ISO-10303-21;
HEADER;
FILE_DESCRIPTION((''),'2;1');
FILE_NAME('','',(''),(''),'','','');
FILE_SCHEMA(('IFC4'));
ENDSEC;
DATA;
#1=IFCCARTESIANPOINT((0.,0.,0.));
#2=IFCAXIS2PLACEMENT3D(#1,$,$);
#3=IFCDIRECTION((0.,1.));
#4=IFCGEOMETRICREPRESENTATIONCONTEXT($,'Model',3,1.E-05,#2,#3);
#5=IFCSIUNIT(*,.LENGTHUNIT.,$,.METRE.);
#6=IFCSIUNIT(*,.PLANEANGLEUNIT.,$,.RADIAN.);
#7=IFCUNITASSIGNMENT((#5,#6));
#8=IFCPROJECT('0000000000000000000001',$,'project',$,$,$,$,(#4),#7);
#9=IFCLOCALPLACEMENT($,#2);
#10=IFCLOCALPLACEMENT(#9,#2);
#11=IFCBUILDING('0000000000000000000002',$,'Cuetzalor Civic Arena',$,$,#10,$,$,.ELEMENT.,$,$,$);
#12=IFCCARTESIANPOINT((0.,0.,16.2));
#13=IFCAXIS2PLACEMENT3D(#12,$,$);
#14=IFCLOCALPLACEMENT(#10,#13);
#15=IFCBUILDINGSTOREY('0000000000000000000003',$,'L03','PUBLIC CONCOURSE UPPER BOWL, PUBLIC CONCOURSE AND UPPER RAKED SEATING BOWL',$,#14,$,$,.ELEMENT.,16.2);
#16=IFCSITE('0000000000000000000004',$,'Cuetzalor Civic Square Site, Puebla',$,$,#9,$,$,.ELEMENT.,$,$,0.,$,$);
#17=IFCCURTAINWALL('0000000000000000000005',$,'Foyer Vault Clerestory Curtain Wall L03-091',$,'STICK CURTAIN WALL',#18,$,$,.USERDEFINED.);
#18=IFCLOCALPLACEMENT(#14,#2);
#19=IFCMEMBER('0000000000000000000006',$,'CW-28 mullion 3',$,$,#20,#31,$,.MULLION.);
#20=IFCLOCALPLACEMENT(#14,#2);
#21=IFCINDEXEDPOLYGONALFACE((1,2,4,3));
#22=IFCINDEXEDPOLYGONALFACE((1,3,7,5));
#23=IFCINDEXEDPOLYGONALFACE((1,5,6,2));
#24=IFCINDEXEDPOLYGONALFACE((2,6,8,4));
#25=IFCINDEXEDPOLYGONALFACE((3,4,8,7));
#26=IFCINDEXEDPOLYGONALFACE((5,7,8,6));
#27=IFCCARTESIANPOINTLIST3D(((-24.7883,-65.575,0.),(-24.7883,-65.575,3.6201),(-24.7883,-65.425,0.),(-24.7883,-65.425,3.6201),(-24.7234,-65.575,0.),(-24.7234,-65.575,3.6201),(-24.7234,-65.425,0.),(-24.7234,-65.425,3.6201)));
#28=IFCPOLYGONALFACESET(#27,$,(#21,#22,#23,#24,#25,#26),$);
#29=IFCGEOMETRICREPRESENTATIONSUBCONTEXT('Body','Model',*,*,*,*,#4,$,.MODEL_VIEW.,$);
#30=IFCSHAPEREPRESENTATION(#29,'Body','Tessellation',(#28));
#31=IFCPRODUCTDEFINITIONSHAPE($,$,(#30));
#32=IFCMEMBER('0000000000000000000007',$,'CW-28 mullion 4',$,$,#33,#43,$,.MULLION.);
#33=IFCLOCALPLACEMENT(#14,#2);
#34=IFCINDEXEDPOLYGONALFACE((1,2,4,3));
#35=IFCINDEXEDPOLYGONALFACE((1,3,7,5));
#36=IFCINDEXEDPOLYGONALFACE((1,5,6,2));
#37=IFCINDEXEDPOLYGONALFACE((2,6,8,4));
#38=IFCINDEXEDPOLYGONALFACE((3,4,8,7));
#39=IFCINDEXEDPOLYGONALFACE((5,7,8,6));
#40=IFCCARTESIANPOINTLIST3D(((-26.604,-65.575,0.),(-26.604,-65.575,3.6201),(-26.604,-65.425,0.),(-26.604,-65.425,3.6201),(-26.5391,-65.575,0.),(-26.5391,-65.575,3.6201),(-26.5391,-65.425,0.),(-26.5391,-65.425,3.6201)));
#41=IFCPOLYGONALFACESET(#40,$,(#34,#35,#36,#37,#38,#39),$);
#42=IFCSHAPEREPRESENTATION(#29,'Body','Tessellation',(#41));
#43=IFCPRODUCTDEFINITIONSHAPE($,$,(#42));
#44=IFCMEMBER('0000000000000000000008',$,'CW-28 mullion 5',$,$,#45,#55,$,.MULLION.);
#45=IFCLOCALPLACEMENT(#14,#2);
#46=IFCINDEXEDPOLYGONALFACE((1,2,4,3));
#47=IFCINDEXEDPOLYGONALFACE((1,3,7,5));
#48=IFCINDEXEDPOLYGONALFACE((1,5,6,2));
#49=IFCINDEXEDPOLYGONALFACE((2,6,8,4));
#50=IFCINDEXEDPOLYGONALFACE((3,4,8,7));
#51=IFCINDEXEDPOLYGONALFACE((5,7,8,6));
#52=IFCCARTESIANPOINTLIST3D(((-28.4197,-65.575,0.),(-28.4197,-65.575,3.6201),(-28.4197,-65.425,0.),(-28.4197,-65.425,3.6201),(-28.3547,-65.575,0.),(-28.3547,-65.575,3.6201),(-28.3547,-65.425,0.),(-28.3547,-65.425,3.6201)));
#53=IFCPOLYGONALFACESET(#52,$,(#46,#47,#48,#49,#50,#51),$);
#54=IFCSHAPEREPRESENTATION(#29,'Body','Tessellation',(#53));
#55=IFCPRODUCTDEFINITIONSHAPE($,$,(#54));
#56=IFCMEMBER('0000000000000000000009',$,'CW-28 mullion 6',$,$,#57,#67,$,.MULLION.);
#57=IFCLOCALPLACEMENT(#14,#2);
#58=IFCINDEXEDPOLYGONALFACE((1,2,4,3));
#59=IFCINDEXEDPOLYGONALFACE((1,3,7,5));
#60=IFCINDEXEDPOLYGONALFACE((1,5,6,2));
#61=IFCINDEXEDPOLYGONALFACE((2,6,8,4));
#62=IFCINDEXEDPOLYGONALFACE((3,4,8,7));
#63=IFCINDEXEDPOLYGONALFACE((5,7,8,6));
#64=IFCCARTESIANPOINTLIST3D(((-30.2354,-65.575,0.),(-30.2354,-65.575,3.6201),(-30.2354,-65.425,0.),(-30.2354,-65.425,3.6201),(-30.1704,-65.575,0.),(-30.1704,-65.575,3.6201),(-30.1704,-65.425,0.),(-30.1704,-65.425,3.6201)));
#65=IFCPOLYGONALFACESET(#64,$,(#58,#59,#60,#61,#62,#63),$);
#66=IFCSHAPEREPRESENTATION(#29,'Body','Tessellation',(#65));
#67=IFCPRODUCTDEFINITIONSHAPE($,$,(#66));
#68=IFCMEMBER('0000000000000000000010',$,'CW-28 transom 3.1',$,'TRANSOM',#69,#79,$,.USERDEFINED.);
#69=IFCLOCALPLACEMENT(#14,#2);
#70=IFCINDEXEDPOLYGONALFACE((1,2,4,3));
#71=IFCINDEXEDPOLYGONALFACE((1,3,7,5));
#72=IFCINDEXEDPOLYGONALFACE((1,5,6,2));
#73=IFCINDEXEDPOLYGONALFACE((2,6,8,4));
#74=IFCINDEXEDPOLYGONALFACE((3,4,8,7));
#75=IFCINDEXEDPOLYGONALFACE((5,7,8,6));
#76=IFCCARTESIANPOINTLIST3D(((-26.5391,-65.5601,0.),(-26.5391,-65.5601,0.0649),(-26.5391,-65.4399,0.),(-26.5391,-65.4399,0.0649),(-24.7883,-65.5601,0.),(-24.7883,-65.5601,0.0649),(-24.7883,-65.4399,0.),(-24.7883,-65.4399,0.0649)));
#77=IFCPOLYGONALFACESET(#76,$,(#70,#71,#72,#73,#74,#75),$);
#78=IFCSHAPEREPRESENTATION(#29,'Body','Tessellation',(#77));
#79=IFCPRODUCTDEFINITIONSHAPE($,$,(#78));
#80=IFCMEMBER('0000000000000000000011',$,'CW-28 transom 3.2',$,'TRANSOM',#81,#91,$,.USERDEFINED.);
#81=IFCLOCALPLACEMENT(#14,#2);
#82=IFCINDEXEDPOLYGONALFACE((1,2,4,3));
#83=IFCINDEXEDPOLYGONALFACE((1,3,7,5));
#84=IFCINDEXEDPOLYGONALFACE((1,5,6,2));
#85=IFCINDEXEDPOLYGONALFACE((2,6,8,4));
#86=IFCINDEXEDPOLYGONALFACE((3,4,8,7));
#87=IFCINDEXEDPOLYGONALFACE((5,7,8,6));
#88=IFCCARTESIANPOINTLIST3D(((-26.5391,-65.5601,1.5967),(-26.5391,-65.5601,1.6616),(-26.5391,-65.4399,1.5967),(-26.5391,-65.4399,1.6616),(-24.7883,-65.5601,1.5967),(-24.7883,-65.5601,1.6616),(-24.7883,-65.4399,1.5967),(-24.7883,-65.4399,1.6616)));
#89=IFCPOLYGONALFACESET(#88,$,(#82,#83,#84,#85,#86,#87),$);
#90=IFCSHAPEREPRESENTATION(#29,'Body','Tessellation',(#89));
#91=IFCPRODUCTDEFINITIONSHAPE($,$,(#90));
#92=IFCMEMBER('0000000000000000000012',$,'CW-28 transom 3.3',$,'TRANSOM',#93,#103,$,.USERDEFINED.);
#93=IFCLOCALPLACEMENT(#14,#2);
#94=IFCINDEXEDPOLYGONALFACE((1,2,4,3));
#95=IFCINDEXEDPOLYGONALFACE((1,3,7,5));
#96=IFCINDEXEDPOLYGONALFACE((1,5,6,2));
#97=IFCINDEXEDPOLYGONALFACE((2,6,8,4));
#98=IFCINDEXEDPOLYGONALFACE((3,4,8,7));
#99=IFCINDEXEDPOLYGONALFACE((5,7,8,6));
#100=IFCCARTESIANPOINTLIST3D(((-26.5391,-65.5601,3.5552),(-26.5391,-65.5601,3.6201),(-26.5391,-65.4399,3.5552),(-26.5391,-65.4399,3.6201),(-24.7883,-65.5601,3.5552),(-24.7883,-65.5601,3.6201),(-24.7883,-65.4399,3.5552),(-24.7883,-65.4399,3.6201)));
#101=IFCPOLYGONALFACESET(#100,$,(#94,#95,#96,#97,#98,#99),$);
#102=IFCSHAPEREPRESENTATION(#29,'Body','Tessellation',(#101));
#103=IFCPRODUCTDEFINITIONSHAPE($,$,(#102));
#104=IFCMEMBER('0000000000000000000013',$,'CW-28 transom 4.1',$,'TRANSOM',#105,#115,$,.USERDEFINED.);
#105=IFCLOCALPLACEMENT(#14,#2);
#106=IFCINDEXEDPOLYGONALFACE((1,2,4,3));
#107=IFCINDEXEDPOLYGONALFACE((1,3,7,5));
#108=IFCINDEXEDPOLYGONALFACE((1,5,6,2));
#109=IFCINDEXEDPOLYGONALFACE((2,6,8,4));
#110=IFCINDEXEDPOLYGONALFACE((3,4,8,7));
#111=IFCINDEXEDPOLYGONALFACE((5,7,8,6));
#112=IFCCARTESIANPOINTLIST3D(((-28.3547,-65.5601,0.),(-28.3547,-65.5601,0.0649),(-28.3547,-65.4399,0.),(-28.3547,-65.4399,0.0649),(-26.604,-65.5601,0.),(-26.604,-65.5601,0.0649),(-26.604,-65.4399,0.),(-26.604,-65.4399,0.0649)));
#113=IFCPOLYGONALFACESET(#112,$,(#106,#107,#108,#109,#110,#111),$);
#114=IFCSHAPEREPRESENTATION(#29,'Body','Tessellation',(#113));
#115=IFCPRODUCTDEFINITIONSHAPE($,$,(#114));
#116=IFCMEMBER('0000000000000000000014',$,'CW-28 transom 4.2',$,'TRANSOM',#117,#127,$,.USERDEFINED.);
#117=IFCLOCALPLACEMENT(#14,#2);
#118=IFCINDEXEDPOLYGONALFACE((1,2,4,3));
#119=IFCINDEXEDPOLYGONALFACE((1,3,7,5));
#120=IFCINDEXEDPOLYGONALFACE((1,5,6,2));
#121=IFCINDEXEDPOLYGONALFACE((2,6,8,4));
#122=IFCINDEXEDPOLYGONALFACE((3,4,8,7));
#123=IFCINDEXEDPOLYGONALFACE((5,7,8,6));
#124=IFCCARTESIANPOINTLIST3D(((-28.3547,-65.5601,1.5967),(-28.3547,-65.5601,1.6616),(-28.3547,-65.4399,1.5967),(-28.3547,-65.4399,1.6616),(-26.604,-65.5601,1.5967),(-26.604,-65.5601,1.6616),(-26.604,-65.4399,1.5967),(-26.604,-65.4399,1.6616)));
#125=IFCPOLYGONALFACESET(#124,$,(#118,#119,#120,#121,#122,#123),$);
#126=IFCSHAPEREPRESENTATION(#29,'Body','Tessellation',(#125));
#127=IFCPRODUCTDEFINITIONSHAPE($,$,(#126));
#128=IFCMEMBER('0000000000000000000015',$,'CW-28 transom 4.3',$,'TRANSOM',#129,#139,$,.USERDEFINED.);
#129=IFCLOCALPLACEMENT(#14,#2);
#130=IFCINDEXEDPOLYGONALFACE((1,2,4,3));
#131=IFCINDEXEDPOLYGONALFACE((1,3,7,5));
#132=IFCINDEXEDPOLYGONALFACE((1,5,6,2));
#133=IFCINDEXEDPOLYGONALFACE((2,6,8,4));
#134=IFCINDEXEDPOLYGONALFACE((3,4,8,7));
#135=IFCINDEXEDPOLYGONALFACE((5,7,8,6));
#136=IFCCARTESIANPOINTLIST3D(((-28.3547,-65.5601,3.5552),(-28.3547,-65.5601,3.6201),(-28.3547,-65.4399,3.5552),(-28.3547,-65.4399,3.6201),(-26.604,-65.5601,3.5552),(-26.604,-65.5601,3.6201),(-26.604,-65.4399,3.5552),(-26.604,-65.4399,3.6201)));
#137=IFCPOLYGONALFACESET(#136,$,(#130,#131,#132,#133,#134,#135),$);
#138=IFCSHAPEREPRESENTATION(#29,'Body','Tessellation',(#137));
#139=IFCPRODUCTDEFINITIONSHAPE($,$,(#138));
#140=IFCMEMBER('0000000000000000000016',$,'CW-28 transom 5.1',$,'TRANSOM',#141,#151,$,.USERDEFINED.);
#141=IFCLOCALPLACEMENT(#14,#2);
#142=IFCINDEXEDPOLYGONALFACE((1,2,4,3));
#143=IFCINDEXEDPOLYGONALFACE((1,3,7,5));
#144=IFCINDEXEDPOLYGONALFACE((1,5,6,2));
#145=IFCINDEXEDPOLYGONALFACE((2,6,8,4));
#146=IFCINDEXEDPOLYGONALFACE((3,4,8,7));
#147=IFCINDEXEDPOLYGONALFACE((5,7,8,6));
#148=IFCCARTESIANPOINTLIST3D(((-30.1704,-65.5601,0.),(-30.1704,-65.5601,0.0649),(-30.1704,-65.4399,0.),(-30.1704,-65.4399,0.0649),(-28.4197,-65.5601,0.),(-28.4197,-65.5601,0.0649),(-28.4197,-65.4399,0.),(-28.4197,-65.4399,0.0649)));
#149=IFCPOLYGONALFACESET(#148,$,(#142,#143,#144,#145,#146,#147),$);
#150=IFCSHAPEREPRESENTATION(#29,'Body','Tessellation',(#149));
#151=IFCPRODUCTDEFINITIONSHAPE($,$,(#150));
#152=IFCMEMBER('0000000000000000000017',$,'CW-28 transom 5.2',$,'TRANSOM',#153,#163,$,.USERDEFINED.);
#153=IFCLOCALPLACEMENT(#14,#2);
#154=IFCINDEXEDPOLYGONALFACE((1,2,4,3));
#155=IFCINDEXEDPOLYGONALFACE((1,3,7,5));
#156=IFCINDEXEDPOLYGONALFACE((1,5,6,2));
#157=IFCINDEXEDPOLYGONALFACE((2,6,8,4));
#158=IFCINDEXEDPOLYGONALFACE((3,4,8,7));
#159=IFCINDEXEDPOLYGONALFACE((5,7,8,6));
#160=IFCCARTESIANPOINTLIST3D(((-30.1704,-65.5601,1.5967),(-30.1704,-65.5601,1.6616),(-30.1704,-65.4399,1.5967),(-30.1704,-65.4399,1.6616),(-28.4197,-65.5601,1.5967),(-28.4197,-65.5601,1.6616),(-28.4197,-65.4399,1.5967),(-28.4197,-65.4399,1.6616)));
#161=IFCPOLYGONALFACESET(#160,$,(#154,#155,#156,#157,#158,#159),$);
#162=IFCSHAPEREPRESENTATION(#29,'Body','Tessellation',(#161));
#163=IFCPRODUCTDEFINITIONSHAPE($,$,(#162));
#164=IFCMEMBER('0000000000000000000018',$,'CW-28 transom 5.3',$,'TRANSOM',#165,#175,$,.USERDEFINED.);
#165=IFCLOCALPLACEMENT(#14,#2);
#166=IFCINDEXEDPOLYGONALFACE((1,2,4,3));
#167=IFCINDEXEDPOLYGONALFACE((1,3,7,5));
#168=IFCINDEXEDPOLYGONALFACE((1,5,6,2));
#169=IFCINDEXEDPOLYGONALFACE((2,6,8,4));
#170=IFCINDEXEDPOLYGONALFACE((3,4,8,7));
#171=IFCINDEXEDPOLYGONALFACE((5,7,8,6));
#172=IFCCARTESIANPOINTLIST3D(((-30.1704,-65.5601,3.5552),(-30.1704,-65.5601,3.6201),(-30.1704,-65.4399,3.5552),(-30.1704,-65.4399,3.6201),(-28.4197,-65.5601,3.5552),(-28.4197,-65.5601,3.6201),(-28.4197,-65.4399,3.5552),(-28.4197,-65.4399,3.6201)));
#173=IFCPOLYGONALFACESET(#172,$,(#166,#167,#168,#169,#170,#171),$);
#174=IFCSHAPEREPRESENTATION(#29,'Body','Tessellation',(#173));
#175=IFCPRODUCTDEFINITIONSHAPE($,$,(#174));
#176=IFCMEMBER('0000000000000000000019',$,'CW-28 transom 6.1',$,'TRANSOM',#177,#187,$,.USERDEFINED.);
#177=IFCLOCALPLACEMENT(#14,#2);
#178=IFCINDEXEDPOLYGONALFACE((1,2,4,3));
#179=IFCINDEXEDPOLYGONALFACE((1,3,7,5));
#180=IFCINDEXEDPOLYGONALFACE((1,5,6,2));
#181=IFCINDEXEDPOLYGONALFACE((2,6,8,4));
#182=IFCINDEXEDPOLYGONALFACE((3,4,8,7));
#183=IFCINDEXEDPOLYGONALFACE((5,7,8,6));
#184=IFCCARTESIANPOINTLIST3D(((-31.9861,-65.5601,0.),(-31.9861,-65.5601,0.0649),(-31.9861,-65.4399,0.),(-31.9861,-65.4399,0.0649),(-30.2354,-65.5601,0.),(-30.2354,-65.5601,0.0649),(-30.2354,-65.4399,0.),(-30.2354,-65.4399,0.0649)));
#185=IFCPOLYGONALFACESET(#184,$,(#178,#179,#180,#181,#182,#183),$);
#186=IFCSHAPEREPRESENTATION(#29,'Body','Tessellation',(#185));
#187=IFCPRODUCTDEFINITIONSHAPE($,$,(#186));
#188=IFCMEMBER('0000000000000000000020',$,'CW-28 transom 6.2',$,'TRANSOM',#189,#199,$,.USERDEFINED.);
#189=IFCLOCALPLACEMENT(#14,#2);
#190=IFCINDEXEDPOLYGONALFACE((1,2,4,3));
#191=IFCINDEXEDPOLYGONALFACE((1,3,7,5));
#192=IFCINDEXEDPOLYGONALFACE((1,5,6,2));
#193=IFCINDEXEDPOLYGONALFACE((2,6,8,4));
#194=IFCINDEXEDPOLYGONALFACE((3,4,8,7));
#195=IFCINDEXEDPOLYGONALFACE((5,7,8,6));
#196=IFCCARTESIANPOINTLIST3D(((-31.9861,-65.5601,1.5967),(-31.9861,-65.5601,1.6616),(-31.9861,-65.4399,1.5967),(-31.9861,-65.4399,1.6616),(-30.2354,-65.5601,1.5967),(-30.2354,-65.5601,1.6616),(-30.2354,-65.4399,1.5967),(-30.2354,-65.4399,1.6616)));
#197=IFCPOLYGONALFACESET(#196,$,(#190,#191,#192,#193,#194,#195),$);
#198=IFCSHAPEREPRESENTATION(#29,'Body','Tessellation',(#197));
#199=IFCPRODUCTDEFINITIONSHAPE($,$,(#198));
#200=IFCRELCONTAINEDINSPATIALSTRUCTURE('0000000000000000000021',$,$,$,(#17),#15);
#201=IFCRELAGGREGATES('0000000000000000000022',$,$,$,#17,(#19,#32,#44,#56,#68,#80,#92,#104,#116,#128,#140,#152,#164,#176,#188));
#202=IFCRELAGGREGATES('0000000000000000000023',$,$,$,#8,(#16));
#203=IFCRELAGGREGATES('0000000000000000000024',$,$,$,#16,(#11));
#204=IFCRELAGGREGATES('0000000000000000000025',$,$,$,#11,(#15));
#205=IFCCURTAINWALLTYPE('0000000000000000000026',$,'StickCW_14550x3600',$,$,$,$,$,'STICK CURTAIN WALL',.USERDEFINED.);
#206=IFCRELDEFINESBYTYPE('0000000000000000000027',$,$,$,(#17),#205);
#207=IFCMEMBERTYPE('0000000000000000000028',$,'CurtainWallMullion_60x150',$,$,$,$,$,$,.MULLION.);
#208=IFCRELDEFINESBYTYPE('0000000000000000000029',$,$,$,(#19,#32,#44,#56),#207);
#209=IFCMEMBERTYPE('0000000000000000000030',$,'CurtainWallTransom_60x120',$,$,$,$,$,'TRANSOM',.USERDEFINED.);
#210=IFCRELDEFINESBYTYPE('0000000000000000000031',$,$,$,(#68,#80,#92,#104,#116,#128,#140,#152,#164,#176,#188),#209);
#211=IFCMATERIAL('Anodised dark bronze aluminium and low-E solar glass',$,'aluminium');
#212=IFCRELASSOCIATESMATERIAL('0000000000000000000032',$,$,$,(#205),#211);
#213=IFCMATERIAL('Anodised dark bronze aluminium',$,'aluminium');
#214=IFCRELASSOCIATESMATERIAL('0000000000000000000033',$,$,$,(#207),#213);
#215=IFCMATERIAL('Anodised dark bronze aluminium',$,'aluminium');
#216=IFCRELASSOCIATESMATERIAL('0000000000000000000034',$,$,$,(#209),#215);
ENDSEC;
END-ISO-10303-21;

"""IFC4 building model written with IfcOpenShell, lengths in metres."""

from ifc_helpers import new_model, si_unit, direction, frame, origin, origin_2d, place, context, subcontext, project, spatial, rectangle, extrude, material, material_profile, profile_set, type_object, element, aggregate, save


model = new_model("IFC4")

# Units and contexts
model_context = context("Model", 3, precision=1e-05, world=origin(), true_north=direction((0.0, 1.0)))
body_context = subcontext(model_context, "Body", "Model", "MODEL_VIEW")
ifc_project = project(units=[si_unit("LENGTHUNIT", "METRE"), si_unit("PLANEANGLEUNIT", "RADIAN")], contexts=[model_context])

# Site, building, storey
site_placement = place(None, origin())
site = spatial("IfcSite", under=ifc_project, at=site_placement, Name="Cuetzalor Civic Square Site, Puebla", CompositionType="ELEMENT", RefElevation=0.0)
building_placement = place(site_placement, origin())
building = spatial("IfcBuilding", under=site, at=building_placement, Name="Cuetzalor Civic Arena", CompositionType="ELEMENT")
storey_placement = place(building_placement, frame((0.0, 0.0, 16.2)))
storey = spatial("IfcBuildingStorey", under=building, at=storey_placement, Name="L03", Description="PUBLIC CONCOURSE UPPER BOWL, PUBLIC CONCOURSE AND UPPER RAKED SEATING BOWL", CompositionType="ELEMENT", Elevation=16.2)

# Curtain wall, members
ifc_material_1 = material(Name="Anodised dark bronze aluminium and low-E solar glass", Category="aluminium")
curtain_wall_type = type_object("IfcCurtainWallType", Name="StickCW_14550x3600", ElementType="STICK CURTAIN WALL", PredefinedType="USERDEFINED", material=ifc_material_1)
curtain_wall_placement = place(storey_placement, origin())
curtain_wall = element("IfcCurtainWall", 1, at=curtain_wall_placement, inside=storey, type_object=curtain_wall_type, Name="Foyer Vault Clerestory Curtain Wall L03-091", ObjectType="STICK CURTAIN WALL", PredefinedType="USERDEFINED")
ifc_material_2 = material(Name="Anodised dark bronze aluminium", Category="aluminium")
ifc_material_profile_1 = material_profile(ifc_material_2, rectangle(XDim=0.0649, YDim=0.1499, at=origin_2d()), Name="ALU MULLION 65x150")
ifc_profile_set_1 = profile_set([ifc_material_profile_1], Name="Anodised dark bronze aluminium")
member_type_1 = type_object("IfcMemberType", Name="CurtainWallMullion_60x150", PredefinedType="MULLION", material=ifc_profile_set_1)
member_1_placement = place(storey_placement, frame((-24.7559, -65.5, 0.0), z_axis=(0.0, 0.0, 1.0), x_axis=(-1.0, 0.0, 0.0)))
member_1 = element("IfcMember", 2, at=member_1_placement, type_object=member_type_1, Name="CW-28 mullion 3", PredefinedType="MULLION", context=body_context, shape_type="SweptSolid", body=[
    extrude(rectangle(XDim=0.0649, YDim=0.1499, at=origin_2d()), origin(), (0.0, 0.0, 1.0), 3.6201),
])
member_2_placement = place(storey_placement, frame((-26.5715, -65.5, 0.0), z_axis=(0.0, 0.0, 1.0), x_axis=(-1.0, 0.0, 0.0)))
member_2 = element("IfcMember", 3, at=member_2_placement, type_object=member_type_1, Name="CW-28 mullion 4", PredefinedType="MULLION", context=body_context, shape_type="SweptSolid", body=[
    extrude(rectangle(XDim=0.0649, YDim=0.1499, at=origin_2d()), origin(), (0.0, 0.0, 1.0), 3.6201),
])
member_3_placement = place(storey_placement, frame((-28.3872, -65.5, 0.0), z_axis=(0.0, 0.0, 1.0), x_axis=(-1.0, 0.0, 0.0)))
member_3 = element("IfcMember", 4, at=member_3_placement, type_object=member_type_1, Name="CW-28 mullion 5", PredefinedType="MULLION", context=body_context, shape_type="SweptSolid", body=[
    extrude(rectangle(XDim=0.0649, YDim=0.1499, at=origin_2d()), origin(), (0.0, 0.0, 1.0), 3.6201),
])
member_4_placement = place(storey_placement, frame((-30.2029, -65.5, 0.0), z_axis=(0.0, 0.0, 1.0), x_axis=(-1.0, 0.0, 0.0)))
member_4 = element("IfcMember", 5, at=member_4_placement, type_object=member_type_1, Name="CW-28 mullion 6", PredefinedType="MULLION", context=body_context, shape_type="SweptSolid", body=[
    extrude(rectangle(XDim=0.0649, YDim=0.1499, at=origin_2d()), origin(), (0.0, 0.0, 1.0), 3.6201),
])
ifc_material_3 = material(Name="Anodised dark bronze aluminium", Category="aluminium")
ifc_material_profile_2 = material_profile(ifc_material_3, rectangle(XDim=0.1201, YDim=0.0649, at=origin_2d()), Name="ALU TRANSOM 65x120")
ifc_profile_set_2 = profile_set([ifc_material_profile_2], Name="Anodised dark bronze aluminium")
member_type_2 = type_object("IfcMemberType", Name="CurtainWallTransom_60x120", ElementType="TRANSOM", PredefinedType="USERDEFINED", material=ifc_profile_set_2)
member_5_placement = place(storey_placement, frame((-24.7883, -65.5, 0.0325), z_axis=(-1.0, 0.0, 0.0), x_axis=(0.0, -1.0, 0.0)))
member_5 = element("IfcMember", 6, at=member_5_placement, type_object=member_type_2, Name="CW-28 transom 3.1", ObjectType="TRANSOM", PredefinedType="USERDEFINED", context=body_context, shape_type="SweptSolid", body=[
    extrude(rectangle(XDim=0.1201, YDim=0.0649, at=origin_2d()), origin(), (0.0, 0.0, 1.0), 1.7507),
])
member_6_placement = place(storey_placement, frame((-24.7883, -65.5, 1.6292), z_axis=(-1.0, 0.0, 0.0), x_axis=(0.0, -1.0, 0.0)))
member_6 = element("IfcMember", 7, at=member_6_placement, type_object=member_type_2, Name="CW-28 transom 3.2", ObjectType="TRANSOM", PredefinedType="USERDEFINED", context=body_context, shape_type="SweptSolid", body=[
    extrude(rectangle(XDim=0.1201, YDim=0.0649, at=origin_2d()), origin(), (0.0, 0.0, 1.0), 1.7507),
])
member_7_placement = place(storey_placement, frame((-24.7883, -65.5, 3.5876), z_axis=(-1.0, 0.0, 0.0), x_axis=(0.0, -1.0, 0.0)))
member_7 = element("IfcMember", 8, at=member_7_placement, type_object=member_type_2, Name="CW-28 transom 3.3", ObjectType="TRANSOM", PredefinedType="USERDEFINED", context=body_context, shape_type="SweptSolid", body=[
    extrude(rectangle(XDim=0.1201, YDim=0.0649, at=origin_2d()), origin(), (0.0, 0.0, 1.0), 1.7507),
])
member_8_placement = place(storey_placement, frame((-26.604, -65.5, 0.0325), z_axis=(-1.0, 0.0, 0.0), x_axis=(0.0, -1.0, 0.0)))
member_8 = element("IfcMember", 9, at=member_8_placement, type_object=member_type_2, Name="CW-28 transom 4.1", ObjectType="TRANSOM", PredefinedType="USERDEFINED", context=body_context, shape_type="SweptSolid", body=[
    extrude(rectangle(XDim=0.1201, YDim=0.0649, at=origin_2d()), origin(), (0.0, 0.0, 1.0), 1.7507),
])
member_9_placement = place(storey_placement, frame((-26.604, -65.5, 1.6292), z_axis=(-1.0, 0.0, 0.0), x_axis=(0.0, -1.0, 0.0)))
member_9 = element("IfcMember", 10, at=member_9_placement, type_object=member_type_2, Name="CW-28 transom 4.2", ObjectType="TRANSOM", PredefinedType="USERDEFINED", context=body_context, shape_type="SweptSolid", body=[
    extrude(rectangle(XDim=0.1201, YDim=0.0649, at=origin_2d()), origin(), (0.0, 0.0, 1.0), 1.7507),
])
member_10_placement = place(storey_placement, frame((-26.604, -65.5, 3.5876), z_axis=(-1.0, 0.0, 0.0), x_axis=(0.0, -1.0, 0.0)))
member_10 = element("IfcMember", 11, at=member_10_placement, type_object=member_type_2, Name="CW-28 transom 4.3", ObjectType="TRANSOM", PredefinedType="USERDEFINED", context=body_context, shape_type="SweptSolid", body=[
    extrude(rectangle(XDim=0.1201, YDim=0.0649, at=origin_2d()), origin(), (0.0, 0.0, 1.0), 1.7507),
])
member_11_placement = place(storey_placement, frame((-28.4197, -65.5, 0.0325), z_axis=(-1.0, 0.0, 0.0), x_axis=(0.0, -1.0, 0.0)))
member_11 = element("IfcMember", 12, at=member_11_placement, type_object=member_type_2, Name="CW-28 transom 5.1", ObjectType="TRANSOM", PredefinedType="USERDEFINED", context=body_context, shape_type="SweptSolid", body=[
    extrude(rectangle(XDim=0.1201, YDim=0.0649, at=origin_2d()), origin(), (0.0, 0.0, 1.0), 1.7507),
])
member_12_placement = place(storey_placement, frame((-28.4197, -65.5, 1.6292), z_axis=(-1.0, 0.0, 0.0), x_axis=(0.0, -1.0, 0.0)))
member_12 = element("IfcMember", 13, at=member_12_placement, type_object=member_type_2, Name="CW-28 transom 5.2", ObjectType="TRANSOM", PredefinedType="USERDEFINED", context=body_context, shape_type="SweptSolid", body=[
    extrude(rectangle(XDim=0.1201, YDim=0.0649, at=origin_2d()), origin(), (0.0, 0.0, 1.0), 1.7507),
])
member_13_placement = place(storey_placement, frame((-28.4197, -65.5, 3.5876), z_axis=(-1.0, 0.0, 0.0), x_axis=(0.0, -1.0, 0.0)))
member_13 = element("IfcMember", 14, at=member_13_placement, type_object=member_type_2, Name="CW-28 transom 5.3", ObjectType="TRANSOM", PredefinedType="USERDEFINED", context=body_context, shape_type="SweptSolid", body=[
    extrude(rectangle(XDim=0.1201, YDim=0.0649, at=origin_2d()), origin(), (0.0, 0.0, 1.0), 1.7507),
])
member_14_placement = place(storey_placement, frame((-30.2354, -65.5, 0.0325), z_axis=(-1.0, 0.0, 0.0), x_axis=(0.0, -1.0, 0.0)))
member_14 = element("IfcMember", 15, at=member_14_placement, type_object=member_type_2, Name="CW-28 transom 6.1", ObjectType="TRANSOM", PredefinedType="USERDEFINED", context=body_context, shape_type="SweptSolid", body=[
    extrude(rectangle(XDim=0.1201, YDim=0.0649, at=origin_2d()), origin(), (0.0, 0.0, 1.0), 1.7507),
])
member_15_placement = place(storey_placement, frame((-30.2354, -65.5, 1.6292), z_axis=(-1.0, 0.0, 0.0), x_axis=(0.0, -1.0, 0.0)))
member_15 = element("IfcMember", 16, at=member_15_placement, type_object=member_type_2, Name="CW-28 transom 6.2", ObjectType="TRANSOM", PredefinedType="USERDEFINED", context=body_context, shape_type="SweptSolid", body=[
    extrude(rectangle(XDim=0.1201, YDim=0.0649, at=origin_2d()), origin(), (0.0, 0.0, 1.0), 1.7507),
])
aggregate(curtain_wall, [member_1, member_2, member_3, member_4, member_5, member_6, member_7, member_8, member_9, member_10, member_11, member_12, member_13, member_14, member_15])

save(model, "model.ifc")
